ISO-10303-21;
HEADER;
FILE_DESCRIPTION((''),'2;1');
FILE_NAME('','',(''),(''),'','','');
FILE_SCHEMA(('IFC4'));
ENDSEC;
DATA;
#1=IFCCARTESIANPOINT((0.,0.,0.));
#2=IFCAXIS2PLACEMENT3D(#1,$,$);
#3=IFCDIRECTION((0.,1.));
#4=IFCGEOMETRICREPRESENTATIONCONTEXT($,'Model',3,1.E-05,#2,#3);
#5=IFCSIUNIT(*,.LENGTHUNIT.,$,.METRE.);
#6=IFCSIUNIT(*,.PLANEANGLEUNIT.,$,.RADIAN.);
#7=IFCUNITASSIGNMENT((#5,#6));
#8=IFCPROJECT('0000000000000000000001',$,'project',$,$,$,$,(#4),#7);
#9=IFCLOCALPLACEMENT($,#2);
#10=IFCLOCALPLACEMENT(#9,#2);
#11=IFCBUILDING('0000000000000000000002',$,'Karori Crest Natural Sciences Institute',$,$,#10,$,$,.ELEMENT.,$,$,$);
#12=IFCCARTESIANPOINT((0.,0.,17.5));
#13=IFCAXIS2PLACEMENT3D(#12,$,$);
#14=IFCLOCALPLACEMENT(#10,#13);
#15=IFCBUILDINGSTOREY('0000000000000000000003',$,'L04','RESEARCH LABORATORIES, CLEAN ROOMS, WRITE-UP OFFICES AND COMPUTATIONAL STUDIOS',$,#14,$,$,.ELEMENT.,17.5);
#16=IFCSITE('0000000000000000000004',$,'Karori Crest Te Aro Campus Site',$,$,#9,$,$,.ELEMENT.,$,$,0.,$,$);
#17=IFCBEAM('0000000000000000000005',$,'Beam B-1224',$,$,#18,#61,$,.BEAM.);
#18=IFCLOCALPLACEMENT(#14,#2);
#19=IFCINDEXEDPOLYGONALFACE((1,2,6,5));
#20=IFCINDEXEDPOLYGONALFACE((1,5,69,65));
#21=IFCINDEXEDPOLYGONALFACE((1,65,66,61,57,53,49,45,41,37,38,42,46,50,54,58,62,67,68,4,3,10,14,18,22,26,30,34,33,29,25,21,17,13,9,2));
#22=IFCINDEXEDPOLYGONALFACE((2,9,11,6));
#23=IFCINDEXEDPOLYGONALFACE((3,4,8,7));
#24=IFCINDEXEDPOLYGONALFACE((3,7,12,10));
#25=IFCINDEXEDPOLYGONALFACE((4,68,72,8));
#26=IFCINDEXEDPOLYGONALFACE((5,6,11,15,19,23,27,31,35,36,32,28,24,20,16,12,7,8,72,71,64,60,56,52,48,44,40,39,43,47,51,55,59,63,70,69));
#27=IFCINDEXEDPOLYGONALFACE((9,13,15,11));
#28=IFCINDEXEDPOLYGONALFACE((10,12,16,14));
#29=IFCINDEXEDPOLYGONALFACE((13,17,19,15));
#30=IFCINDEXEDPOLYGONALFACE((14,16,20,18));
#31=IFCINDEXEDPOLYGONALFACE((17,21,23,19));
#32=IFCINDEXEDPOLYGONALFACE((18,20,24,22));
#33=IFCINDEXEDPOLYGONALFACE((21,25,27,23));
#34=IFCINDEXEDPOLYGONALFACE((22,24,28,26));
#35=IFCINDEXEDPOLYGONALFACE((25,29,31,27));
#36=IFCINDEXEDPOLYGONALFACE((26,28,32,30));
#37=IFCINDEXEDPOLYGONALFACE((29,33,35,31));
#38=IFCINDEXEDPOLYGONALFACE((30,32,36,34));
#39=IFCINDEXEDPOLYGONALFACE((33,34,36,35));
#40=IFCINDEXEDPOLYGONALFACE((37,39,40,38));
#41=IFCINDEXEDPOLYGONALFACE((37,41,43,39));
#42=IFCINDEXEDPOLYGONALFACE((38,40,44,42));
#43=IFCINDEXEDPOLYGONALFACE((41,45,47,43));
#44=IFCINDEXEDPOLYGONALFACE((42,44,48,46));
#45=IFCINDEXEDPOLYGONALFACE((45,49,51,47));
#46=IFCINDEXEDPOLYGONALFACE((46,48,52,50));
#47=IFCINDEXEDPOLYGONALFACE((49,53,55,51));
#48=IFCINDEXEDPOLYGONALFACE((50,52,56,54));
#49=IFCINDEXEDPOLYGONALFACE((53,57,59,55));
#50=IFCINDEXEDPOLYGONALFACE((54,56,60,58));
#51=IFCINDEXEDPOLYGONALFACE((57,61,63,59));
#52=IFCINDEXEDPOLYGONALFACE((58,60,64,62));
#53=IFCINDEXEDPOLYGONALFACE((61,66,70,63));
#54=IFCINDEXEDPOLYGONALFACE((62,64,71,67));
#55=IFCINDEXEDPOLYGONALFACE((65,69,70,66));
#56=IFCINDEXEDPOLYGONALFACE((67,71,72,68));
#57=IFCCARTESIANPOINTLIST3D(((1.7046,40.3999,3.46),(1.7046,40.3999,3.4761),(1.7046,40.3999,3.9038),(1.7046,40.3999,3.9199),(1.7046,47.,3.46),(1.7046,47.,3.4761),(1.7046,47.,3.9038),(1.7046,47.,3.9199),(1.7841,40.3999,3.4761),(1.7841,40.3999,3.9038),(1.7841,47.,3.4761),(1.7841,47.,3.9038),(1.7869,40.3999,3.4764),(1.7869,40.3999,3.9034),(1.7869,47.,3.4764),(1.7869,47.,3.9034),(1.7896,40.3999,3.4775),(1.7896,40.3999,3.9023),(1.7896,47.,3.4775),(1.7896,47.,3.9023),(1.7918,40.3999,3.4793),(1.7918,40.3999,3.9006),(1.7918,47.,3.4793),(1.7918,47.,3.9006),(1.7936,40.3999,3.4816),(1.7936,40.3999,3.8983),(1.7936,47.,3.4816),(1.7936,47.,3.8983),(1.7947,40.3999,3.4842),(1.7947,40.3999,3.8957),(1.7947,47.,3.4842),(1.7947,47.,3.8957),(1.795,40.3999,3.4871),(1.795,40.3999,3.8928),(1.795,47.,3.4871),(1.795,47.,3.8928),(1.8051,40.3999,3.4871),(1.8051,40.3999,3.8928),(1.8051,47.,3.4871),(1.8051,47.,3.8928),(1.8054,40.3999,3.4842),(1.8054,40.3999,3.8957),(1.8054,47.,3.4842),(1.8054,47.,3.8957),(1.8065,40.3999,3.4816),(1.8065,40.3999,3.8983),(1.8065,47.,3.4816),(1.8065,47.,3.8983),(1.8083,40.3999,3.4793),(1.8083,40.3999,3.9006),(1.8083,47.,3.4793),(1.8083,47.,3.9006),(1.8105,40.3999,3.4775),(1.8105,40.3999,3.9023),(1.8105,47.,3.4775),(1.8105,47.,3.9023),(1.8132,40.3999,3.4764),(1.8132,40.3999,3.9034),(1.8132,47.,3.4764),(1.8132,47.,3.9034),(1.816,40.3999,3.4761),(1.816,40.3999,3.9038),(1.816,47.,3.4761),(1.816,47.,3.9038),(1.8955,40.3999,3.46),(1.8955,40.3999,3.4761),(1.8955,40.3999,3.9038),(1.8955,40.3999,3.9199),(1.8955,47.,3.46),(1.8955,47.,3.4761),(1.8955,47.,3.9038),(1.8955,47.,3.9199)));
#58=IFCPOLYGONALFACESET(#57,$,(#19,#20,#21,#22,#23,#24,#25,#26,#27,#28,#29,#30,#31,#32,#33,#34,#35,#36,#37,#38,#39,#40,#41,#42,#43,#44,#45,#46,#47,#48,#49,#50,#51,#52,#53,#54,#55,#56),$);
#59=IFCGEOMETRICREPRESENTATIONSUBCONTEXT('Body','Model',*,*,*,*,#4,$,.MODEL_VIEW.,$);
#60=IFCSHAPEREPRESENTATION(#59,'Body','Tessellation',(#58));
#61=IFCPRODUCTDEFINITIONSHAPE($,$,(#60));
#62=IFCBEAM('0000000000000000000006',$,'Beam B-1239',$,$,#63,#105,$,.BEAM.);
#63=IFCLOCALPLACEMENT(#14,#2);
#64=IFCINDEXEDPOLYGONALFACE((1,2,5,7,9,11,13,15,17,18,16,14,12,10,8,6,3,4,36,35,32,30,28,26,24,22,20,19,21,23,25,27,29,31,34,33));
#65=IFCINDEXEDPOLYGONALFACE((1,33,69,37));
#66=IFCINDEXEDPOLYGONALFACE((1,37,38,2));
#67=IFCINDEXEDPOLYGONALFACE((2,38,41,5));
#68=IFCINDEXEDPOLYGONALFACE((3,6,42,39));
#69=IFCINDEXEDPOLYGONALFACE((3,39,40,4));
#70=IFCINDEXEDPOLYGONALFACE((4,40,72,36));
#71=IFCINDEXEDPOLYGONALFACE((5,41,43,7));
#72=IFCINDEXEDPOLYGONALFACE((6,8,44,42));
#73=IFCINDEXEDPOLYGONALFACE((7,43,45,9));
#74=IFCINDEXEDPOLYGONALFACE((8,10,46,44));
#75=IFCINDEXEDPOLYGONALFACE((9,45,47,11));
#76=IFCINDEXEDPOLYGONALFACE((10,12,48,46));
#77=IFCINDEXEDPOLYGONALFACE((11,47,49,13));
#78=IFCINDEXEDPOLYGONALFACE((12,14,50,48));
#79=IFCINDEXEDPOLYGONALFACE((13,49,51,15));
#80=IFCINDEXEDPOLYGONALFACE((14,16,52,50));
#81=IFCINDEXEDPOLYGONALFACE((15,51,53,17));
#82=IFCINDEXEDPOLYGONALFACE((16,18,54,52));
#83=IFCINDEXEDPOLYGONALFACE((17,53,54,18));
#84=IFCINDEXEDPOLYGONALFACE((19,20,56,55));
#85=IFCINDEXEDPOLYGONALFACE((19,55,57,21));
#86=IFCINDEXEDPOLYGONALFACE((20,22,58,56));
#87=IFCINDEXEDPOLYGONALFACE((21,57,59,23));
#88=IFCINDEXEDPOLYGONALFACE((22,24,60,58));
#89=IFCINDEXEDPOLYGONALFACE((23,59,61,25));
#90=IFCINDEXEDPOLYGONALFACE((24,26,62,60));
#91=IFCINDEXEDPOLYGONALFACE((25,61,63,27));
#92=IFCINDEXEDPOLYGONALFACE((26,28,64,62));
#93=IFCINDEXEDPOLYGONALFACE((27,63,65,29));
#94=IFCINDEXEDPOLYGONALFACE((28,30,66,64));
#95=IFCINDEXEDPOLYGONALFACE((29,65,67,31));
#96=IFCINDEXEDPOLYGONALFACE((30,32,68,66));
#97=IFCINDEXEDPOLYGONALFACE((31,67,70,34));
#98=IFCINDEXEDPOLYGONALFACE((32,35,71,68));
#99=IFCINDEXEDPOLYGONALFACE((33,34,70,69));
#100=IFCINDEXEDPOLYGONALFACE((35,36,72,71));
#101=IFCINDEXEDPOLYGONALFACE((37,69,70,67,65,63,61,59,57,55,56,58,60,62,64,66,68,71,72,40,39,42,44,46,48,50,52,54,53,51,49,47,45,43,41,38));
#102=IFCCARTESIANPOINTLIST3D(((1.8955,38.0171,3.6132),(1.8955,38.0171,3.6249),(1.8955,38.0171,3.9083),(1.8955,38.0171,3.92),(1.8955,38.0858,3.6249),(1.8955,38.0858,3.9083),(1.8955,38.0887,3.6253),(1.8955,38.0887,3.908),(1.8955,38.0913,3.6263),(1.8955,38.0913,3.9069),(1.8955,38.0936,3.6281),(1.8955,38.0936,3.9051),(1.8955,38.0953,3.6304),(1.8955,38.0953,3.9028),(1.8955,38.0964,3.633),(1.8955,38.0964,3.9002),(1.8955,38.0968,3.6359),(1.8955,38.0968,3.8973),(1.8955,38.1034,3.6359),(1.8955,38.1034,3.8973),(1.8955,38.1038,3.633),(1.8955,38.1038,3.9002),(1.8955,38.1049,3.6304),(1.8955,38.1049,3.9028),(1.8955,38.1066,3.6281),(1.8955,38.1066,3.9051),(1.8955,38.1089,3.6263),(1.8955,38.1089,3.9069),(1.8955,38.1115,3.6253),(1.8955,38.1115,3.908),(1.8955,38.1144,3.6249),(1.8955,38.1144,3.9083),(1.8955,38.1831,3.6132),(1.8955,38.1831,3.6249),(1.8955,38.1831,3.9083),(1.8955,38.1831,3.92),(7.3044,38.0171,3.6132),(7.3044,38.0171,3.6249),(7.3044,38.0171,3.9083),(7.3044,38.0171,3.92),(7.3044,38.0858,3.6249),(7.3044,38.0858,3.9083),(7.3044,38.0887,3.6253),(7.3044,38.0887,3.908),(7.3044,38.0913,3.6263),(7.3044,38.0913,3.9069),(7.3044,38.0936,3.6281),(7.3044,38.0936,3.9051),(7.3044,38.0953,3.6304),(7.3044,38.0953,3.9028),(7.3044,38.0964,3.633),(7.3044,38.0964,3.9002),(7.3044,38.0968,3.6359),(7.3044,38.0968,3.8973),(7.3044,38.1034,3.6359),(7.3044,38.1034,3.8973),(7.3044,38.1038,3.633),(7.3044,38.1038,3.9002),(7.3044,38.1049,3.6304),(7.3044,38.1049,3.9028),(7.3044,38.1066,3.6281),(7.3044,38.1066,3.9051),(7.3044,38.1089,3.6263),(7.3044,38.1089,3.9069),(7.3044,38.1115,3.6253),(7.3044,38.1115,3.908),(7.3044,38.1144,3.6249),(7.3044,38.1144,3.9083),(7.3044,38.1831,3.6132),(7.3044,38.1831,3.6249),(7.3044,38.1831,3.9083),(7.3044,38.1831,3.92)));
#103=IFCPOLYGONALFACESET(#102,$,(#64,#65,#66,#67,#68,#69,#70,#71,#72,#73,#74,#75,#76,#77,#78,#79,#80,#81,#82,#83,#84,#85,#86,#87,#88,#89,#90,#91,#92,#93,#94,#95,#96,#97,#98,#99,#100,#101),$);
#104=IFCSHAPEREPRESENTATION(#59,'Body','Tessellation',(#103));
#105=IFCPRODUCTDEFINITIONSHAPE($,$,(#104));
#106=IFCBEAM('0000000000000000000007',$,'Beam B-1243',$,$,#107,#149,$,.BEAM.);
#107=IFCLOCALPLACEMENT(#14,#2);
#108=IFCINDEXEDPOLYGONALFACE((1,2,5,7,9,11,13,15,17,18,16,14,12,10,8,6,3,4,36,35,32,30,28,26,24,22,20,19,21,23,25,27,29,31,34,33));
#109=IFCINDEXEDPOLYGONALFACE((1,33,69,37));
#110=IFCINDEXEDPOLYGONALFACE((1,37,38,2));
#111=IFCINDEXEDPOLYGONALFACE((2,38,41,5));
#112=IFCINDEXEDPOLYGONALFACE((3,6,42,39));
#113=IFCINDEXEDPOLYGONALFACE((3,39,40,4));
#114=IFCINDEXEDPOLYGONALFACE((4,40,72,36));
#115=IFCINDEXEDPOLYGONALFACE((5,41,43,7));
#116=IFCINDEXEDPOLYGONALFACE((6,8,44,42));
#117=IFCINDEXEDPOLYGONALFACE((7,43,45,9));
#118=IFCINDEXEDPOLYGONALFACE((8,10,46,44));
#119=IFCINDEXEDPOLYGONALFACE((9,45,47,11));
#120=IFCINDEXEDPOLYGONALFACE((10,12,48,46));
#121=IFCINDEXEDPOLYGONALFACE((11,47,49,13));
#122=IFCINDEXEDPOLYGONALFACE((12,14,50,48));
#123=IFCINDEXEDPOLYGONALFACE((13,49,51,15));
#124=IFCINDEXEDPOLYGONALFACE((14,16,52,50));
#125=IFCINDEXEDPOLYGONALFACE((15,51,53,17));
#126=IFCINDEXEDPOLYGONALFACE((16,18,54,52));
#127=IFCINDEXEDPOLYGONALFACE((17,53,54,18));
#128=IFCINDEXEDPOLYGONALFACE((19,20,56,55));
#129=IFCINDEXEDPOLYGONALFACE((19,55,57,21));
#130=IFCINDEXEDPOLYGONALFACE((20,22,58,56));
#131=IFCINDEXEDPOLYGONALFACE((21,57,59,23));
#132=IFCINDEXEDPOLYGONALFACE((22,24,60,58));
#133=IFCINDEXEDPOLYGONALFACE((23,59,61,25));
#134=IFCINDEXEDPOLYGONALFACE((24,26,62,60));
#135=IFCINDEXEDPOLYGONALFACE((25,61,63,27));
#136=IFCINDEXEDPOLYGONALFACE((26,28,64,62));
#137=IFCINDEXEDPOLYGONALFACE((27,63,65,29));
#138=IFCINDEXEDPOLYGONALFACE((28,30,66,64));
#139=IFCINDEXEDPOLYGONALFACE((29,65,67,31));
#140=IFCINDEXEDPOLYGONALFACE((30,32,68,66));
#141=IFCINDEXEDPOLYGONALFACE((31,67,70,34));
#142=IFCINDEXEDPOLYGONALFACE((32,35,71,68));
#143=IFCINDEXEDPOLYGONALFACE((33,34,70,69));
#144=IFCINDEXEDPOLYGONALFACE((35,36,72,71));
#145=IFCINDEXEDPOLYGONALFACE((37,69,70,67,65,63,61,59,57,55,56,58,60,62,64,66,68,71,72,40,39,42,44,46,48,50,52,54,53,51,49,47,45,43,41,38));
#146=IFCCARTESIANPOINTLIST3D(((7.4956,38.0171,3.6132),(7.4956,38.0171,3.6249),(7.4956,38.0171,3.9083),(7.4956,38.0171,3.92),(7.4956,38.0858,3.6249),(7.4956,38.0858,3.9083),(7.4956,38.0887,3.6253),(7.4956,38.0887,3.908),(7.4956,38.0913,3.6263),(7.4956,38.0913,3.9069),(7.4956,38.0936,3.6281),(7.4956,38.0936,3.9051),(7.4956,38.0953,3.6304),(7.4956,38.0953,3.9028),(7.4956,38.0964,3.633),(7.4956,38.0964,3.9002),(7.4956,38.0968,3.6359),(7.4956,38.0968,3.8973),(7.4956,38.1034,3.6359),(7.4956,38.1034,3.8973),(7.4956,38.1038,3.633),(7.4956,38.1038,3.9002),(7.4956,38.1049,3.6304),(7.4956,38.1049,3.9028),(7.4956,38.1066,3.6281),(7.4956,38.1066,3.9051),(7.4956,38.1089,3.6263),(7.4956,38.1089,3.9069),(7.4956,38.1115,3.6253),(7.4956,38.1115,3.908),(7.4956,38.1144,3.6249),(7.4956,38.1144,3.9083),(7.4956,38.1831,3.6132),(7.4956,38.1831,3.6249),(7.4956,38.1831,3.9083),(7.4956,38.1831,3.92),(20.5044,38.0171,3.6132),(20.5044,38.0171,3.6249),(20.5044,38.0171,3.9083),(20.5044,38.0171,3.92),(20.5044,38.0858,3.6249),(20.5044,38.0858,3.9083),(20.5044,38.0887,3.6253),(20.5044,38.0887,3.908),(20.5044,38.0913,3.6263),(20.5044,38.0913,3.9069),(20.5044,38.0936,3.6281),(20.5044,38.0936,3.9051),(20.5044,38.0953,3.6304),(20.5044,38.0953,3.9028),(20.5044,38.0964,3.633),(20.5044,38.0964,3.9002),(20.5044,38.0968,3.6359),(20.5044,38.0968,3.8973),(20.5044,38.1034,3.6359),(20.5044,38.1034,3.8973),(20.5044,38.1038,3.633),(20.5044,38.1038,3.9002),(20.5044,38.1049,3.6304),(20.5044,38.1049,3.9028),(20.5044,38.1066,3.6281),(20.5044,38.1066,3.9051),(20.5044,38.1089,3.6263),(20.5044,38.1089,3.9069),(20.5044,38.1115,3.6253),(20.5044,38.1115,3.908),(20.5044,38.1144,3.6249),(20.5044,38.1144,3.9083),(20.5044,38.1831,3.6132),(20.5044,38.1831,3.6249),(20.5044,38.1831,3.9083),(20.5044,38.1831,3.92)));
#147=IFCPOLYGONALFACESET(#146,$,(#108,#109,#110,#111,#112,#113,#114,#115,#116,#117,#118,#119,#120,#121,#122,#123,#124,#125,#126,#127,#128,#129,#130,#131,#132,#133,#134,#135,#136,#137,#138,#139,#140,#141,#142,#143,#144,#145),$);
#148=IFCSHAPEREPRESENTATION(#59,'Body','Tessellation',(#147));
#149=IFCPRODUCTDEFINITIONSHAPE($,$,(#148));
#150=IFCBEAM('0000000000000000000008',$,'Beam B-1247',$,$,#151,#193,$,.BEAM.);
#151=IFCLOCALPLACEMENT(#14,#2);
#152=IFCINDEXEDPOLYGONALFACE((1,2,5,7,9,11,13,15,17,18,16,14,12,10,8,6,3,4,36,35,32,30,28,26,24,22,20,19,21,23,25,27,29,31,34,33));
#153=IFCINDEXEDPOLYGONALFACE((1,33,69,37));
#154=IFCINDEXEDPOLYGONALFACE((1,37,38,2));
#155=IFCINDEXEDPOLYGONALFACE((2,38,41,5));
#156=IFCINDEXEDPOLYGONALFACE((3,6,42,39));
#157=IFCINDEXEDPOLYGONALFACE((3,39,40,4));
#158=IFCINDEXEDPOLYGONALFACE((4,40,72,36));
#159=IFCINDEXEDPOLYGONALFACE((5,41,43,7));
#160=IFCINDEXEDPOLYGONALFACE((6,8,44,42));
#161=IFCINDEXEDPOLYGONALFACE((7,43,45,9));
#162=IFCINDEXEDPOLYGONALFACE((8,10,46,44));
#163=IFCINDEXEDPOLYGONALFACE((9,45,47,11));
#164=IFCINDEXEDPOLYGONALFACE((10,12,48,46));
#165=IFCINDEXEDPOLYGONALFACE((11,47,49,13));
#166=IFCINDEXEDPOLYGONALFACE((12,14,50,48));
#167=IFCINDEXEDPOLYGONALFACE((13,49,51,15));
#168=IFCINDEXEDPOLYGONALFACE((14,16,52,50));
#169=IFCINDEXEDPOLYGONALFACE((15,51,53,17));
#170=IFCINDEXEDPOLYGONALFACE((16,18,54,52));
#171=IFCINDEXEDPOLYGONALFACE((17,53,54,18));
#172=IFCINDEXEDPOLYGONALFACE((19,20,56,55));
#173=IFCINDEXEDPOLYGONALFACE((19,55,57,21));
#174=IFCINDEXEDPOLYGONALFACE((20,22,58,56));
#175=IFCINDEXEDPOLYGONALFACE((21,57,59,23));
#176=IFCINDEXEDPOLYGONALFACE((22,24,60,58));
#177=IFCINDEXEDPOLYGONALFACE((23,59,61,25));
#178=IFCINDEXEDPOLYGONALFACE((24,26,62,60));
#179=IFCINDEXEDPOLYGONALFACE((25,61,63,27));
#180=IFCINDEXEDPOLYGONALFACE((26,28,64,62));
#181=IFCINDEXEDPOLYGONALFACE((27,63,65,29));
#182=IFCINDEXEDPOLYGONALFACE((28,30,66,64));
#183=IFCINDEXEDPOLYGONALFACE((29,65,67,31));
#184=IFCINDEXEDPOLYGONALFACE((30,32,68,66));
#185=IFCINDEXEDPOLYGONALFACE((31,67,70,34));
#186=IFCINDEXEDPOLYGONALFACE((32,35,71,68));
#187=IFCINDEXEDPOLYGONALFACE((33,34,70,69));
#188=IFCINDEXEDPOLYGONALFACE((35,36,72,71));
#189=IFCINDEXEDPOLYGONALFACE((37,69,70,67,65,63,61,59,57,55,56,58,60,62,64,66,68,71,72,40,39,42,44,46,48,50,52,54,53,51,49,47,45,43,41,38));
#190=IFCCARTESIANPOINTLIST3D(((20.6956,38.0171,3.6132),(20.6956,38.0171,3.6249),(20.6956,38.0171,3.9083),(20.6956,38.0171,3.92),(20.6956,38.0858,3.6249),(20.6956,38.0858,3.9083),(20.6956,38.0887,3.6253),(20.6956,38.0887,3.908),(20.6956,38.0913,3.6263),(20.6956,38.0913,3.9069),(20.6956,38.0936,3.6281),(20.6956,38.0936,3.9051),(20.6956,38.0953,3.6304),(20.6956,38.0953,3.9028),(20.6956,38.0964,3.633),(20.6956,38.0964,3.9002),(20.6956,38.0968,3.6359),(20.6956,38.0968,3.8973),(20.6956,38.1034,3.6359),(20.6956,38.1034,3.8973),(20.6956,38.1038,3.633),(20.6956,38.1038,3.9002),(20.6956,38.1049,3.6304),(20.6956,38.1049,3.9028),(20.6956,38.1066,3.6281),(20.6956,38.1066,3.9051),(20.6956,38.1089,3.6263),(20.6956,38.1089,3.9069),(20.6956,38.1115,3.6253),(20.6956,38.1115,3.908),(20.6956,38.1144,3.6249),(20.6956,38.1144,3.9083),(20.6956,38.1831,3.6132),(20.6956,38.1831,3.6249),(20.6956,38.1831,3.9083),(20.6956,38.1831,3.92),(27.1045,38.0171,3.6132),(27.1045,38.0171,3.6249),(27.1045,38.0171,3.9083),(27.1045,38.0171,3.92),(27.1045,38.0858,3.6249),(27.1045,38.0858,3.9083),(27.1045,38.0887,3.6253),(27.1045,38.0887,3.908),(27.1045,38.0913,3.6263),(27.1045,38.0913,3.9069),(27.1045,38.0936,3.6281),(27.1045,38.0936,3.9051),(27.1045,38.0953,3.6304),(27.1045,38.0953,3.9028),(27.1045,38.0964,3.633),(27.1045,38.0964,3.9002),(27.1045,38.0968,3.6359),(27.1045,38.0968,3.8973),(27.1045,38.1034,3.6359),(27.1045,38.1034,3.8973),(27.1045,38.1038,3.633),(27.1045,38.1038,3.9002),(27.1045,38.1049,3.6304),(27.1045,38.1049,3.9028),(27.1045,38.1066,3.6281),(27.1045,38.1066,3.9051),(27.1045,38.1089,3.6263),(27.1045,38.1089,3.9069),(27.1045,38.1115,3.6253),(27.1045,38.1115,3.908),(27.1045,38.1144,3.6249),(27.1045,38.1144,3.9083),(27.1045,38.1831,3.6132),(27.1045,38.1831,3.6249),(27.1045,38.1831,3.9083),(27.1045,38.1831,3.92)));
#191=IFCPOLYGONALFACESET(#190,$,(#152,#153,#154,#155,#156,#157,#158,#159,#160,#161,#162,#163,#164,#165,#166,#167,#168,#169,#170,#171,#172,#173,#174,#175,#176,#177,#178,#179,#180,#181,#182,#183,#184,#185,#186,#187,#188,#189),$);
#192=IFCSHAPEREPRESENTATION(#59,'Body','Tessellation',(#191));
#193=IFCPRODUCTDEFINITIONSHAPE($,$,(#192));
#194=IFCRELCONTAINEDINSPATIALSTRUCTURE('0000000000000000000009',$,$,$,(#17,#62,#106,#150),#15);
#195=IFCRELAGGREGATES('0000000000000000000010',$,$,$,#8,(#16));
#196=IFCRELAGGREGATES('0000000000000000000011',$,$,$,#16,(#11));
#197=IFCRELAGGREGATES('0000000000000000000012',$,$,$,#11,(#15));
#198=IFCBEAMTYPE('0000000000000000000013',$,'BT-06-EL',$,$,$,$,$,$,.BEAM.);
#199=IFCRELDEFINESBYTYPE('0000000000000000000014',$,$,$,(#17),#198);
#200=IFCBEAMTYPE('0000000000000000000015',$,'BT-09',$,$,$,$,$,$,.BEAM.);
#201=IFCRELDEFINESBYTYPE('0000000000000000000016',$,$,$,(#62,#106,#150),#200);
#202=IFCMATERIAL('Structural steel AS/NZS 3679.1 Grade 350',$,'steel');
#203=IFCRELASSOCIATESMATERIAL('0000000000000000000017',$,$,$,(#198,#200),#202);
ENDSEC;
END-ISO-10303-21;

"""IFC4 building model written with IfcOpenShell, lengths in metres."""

from ifc_helpers import new_model, si_unit, direction, frame, origin, origin_2d, place, context, subcontext, project, spatial, i_section, extrude, material, material_profile, profile_set, type_object, element, save


model = new_model("IFC4")

# Units and contexts
model_context = context("Model", 3, precision=1e-05, world=origin(), true_north=direction((0.0, 1.0)))
body_context = subcontext(model_context, "Body", "Model", "MODEL_VIEW")
ifc_project = project(units=[si_unit("LENGTHUNIT", "METRE"), si_unit("PLANEANGLEUNIT", "RADIAN")], contexts=[model_context])

# Site, building, storey
site_placement = place(None, origin())
site = spatial("IfcSite", under=ifc_project, at=site_placement, Name="Karori Crest Te Aro Campus Site", CompositionType="ELEMENT", RefElevation=0.0)
building_placement = place(site_placement, origin())
building = spatial("IfcBuilding", under=site, at=building_placement, Name="Karori Crest Natural Sciences Institute", CompositionType="ELEMENT")
storey_placement = place(building_placement, frame((0.0, 0.0, 17.5)))
storey = spatial("IfcBuildingStorey", under=building, at=storey_placement, Name="L04", Description="RESEARCH LABORATORIES, CLEAN ROOMS, WRITE-UP OFFICES AND COMPUTATIONAL STUDIOS", CompositionType="ELEMENT", Elevation=17.5)

# Shared definitions
ifc_material_1 = material(Name="Structural steel AS/NZS 3679.1 Grade 350", Category="steel")

# Beams
ifc_material_profile_1 = material_profile(ifc_material_1, i_section(OverallWidth=0.1909, OverallDepth=0.46, WebThickness=0.01, FlangeThickness=0.0161, FilletRadius=0.011, at=origin_2d()), Name="460UB82.1")
ifc_profile_set_1 = profile_set([ifc_material_profile_1], Name="Structural steel AS/NZS 3679.1 Grade 350")
beam_type_1 = type_object("IfcBeamType", Name="BT-06-EL", PredefinedType="BEAM", material=ifc_profile_set_1)
beam_1_placement = place(storey_placement, frame((1.8, 40.3999, 3.6899), z_axis=(0.0, 1.0, 0.0), x_axis=(-1.0, 0.0, 0.0)))
element("IfcBeam", 1, at=beam_1_placement, inside=storey, type_object=beam_type_1, Name="Beam B-1224", PredefinedType="BEAM", context=body_context, shape_type="SweptSolid", body=[
    extrude(i_section(OverallWidth=0.1909, OverallDepth=0.46, WebThickness=0.01, FlangeThickness=0.0161, FilletRadius=0.011, at=origin_2d()), origin(), (0.0, 0.0, 1.0), 6.6001),
])
ifc_material_profile_2 = material_profile(ifc_material_1, i_section(OverallWidth=0.166, OverallDepth=0.3069, WebThickness=0.0066, FlangeThickness=0.0117, FilletRadius=0.011, at=origin_2d()), Name="310UB46.2")
ifc_profile_set_2 = profile_set([ifc_material_profile_2], Name="Structural steel AS/NZS 3679.1 Grade 350")
beam_type_2 = type_object("IfcBeamType", Name="BT-09", PredefinedType="BEAM", material=ifc_profile_set_2)
beam_2_placement = place(storey_placement, frame((1.8955, 38.1001, 3.7666), z_axis=(1.0, 0.0, 0.0), x_axis=(0.0, 1.0, 0.0)))
element("IfcBeam", 2, at=beam_2_placement, inside=storey, type_object=beam_type_2, Name="Beam B-1239", PredefinedType="BEAM", context=body_context, shape_type="SweptSolid", body=[
    extrude(i_section(OverallWidth=0.166, OverallDepth=0.3069, WebThickness=0.0066, FlangeThickness=0.0117, FilletRadius=0.011, at=origin_2d()), origin(), (0.0, 0.0, 1.0), 5.4089),
])
beam_3_placement = place(storey_placement, frame((7.4956, 38.1001, 3.7666), z_axis=(1.0, 0.0, 0.0), x_axis=(0.0, 1.0, 0.0)))
element("IfcBeam", 3, at=beam_3_placement, inside=storey, type_object=beam_type_2, Name="Beam B-1243", PredefinedType="BEAM", context=body_context, shape_type="SweptSolid", body=[
    extrude(i_section(OverallWidth=0.166, OverallDepth=0.3069, WebThickness=0.0066, FlangeThickness=0.0117, FilletRadius=0.011, at=origin_2d()), origin(), (0.0, 0.0, 1.0), 13.0088),
])
beam_4_placement = place(storey_placement, frame((20.6956, 38.1001, 3.7666), z_axis=(1.0, 0.0, 0.0), x_axis=(0.0, 1.0, 0.0)))
element("IfcBeam", 4, at=beam_4_placement, inside=storey, type_object=beam_type_2, Name="Beam B-1247", PredefinedType="BEAM", context=body_context, shape_type="SweptSolid", body=[
    extrude(i_section(OverallWidth=0.166, OverallDepth=0.3069, WebThickness=0.0066, FlangeThickness=0.0117, FilletRadius=0.011, at=origin_2d()), origin(), (0.0, 0.0, 1.0), 6.4089),
])

save(model, "model.ifc")
